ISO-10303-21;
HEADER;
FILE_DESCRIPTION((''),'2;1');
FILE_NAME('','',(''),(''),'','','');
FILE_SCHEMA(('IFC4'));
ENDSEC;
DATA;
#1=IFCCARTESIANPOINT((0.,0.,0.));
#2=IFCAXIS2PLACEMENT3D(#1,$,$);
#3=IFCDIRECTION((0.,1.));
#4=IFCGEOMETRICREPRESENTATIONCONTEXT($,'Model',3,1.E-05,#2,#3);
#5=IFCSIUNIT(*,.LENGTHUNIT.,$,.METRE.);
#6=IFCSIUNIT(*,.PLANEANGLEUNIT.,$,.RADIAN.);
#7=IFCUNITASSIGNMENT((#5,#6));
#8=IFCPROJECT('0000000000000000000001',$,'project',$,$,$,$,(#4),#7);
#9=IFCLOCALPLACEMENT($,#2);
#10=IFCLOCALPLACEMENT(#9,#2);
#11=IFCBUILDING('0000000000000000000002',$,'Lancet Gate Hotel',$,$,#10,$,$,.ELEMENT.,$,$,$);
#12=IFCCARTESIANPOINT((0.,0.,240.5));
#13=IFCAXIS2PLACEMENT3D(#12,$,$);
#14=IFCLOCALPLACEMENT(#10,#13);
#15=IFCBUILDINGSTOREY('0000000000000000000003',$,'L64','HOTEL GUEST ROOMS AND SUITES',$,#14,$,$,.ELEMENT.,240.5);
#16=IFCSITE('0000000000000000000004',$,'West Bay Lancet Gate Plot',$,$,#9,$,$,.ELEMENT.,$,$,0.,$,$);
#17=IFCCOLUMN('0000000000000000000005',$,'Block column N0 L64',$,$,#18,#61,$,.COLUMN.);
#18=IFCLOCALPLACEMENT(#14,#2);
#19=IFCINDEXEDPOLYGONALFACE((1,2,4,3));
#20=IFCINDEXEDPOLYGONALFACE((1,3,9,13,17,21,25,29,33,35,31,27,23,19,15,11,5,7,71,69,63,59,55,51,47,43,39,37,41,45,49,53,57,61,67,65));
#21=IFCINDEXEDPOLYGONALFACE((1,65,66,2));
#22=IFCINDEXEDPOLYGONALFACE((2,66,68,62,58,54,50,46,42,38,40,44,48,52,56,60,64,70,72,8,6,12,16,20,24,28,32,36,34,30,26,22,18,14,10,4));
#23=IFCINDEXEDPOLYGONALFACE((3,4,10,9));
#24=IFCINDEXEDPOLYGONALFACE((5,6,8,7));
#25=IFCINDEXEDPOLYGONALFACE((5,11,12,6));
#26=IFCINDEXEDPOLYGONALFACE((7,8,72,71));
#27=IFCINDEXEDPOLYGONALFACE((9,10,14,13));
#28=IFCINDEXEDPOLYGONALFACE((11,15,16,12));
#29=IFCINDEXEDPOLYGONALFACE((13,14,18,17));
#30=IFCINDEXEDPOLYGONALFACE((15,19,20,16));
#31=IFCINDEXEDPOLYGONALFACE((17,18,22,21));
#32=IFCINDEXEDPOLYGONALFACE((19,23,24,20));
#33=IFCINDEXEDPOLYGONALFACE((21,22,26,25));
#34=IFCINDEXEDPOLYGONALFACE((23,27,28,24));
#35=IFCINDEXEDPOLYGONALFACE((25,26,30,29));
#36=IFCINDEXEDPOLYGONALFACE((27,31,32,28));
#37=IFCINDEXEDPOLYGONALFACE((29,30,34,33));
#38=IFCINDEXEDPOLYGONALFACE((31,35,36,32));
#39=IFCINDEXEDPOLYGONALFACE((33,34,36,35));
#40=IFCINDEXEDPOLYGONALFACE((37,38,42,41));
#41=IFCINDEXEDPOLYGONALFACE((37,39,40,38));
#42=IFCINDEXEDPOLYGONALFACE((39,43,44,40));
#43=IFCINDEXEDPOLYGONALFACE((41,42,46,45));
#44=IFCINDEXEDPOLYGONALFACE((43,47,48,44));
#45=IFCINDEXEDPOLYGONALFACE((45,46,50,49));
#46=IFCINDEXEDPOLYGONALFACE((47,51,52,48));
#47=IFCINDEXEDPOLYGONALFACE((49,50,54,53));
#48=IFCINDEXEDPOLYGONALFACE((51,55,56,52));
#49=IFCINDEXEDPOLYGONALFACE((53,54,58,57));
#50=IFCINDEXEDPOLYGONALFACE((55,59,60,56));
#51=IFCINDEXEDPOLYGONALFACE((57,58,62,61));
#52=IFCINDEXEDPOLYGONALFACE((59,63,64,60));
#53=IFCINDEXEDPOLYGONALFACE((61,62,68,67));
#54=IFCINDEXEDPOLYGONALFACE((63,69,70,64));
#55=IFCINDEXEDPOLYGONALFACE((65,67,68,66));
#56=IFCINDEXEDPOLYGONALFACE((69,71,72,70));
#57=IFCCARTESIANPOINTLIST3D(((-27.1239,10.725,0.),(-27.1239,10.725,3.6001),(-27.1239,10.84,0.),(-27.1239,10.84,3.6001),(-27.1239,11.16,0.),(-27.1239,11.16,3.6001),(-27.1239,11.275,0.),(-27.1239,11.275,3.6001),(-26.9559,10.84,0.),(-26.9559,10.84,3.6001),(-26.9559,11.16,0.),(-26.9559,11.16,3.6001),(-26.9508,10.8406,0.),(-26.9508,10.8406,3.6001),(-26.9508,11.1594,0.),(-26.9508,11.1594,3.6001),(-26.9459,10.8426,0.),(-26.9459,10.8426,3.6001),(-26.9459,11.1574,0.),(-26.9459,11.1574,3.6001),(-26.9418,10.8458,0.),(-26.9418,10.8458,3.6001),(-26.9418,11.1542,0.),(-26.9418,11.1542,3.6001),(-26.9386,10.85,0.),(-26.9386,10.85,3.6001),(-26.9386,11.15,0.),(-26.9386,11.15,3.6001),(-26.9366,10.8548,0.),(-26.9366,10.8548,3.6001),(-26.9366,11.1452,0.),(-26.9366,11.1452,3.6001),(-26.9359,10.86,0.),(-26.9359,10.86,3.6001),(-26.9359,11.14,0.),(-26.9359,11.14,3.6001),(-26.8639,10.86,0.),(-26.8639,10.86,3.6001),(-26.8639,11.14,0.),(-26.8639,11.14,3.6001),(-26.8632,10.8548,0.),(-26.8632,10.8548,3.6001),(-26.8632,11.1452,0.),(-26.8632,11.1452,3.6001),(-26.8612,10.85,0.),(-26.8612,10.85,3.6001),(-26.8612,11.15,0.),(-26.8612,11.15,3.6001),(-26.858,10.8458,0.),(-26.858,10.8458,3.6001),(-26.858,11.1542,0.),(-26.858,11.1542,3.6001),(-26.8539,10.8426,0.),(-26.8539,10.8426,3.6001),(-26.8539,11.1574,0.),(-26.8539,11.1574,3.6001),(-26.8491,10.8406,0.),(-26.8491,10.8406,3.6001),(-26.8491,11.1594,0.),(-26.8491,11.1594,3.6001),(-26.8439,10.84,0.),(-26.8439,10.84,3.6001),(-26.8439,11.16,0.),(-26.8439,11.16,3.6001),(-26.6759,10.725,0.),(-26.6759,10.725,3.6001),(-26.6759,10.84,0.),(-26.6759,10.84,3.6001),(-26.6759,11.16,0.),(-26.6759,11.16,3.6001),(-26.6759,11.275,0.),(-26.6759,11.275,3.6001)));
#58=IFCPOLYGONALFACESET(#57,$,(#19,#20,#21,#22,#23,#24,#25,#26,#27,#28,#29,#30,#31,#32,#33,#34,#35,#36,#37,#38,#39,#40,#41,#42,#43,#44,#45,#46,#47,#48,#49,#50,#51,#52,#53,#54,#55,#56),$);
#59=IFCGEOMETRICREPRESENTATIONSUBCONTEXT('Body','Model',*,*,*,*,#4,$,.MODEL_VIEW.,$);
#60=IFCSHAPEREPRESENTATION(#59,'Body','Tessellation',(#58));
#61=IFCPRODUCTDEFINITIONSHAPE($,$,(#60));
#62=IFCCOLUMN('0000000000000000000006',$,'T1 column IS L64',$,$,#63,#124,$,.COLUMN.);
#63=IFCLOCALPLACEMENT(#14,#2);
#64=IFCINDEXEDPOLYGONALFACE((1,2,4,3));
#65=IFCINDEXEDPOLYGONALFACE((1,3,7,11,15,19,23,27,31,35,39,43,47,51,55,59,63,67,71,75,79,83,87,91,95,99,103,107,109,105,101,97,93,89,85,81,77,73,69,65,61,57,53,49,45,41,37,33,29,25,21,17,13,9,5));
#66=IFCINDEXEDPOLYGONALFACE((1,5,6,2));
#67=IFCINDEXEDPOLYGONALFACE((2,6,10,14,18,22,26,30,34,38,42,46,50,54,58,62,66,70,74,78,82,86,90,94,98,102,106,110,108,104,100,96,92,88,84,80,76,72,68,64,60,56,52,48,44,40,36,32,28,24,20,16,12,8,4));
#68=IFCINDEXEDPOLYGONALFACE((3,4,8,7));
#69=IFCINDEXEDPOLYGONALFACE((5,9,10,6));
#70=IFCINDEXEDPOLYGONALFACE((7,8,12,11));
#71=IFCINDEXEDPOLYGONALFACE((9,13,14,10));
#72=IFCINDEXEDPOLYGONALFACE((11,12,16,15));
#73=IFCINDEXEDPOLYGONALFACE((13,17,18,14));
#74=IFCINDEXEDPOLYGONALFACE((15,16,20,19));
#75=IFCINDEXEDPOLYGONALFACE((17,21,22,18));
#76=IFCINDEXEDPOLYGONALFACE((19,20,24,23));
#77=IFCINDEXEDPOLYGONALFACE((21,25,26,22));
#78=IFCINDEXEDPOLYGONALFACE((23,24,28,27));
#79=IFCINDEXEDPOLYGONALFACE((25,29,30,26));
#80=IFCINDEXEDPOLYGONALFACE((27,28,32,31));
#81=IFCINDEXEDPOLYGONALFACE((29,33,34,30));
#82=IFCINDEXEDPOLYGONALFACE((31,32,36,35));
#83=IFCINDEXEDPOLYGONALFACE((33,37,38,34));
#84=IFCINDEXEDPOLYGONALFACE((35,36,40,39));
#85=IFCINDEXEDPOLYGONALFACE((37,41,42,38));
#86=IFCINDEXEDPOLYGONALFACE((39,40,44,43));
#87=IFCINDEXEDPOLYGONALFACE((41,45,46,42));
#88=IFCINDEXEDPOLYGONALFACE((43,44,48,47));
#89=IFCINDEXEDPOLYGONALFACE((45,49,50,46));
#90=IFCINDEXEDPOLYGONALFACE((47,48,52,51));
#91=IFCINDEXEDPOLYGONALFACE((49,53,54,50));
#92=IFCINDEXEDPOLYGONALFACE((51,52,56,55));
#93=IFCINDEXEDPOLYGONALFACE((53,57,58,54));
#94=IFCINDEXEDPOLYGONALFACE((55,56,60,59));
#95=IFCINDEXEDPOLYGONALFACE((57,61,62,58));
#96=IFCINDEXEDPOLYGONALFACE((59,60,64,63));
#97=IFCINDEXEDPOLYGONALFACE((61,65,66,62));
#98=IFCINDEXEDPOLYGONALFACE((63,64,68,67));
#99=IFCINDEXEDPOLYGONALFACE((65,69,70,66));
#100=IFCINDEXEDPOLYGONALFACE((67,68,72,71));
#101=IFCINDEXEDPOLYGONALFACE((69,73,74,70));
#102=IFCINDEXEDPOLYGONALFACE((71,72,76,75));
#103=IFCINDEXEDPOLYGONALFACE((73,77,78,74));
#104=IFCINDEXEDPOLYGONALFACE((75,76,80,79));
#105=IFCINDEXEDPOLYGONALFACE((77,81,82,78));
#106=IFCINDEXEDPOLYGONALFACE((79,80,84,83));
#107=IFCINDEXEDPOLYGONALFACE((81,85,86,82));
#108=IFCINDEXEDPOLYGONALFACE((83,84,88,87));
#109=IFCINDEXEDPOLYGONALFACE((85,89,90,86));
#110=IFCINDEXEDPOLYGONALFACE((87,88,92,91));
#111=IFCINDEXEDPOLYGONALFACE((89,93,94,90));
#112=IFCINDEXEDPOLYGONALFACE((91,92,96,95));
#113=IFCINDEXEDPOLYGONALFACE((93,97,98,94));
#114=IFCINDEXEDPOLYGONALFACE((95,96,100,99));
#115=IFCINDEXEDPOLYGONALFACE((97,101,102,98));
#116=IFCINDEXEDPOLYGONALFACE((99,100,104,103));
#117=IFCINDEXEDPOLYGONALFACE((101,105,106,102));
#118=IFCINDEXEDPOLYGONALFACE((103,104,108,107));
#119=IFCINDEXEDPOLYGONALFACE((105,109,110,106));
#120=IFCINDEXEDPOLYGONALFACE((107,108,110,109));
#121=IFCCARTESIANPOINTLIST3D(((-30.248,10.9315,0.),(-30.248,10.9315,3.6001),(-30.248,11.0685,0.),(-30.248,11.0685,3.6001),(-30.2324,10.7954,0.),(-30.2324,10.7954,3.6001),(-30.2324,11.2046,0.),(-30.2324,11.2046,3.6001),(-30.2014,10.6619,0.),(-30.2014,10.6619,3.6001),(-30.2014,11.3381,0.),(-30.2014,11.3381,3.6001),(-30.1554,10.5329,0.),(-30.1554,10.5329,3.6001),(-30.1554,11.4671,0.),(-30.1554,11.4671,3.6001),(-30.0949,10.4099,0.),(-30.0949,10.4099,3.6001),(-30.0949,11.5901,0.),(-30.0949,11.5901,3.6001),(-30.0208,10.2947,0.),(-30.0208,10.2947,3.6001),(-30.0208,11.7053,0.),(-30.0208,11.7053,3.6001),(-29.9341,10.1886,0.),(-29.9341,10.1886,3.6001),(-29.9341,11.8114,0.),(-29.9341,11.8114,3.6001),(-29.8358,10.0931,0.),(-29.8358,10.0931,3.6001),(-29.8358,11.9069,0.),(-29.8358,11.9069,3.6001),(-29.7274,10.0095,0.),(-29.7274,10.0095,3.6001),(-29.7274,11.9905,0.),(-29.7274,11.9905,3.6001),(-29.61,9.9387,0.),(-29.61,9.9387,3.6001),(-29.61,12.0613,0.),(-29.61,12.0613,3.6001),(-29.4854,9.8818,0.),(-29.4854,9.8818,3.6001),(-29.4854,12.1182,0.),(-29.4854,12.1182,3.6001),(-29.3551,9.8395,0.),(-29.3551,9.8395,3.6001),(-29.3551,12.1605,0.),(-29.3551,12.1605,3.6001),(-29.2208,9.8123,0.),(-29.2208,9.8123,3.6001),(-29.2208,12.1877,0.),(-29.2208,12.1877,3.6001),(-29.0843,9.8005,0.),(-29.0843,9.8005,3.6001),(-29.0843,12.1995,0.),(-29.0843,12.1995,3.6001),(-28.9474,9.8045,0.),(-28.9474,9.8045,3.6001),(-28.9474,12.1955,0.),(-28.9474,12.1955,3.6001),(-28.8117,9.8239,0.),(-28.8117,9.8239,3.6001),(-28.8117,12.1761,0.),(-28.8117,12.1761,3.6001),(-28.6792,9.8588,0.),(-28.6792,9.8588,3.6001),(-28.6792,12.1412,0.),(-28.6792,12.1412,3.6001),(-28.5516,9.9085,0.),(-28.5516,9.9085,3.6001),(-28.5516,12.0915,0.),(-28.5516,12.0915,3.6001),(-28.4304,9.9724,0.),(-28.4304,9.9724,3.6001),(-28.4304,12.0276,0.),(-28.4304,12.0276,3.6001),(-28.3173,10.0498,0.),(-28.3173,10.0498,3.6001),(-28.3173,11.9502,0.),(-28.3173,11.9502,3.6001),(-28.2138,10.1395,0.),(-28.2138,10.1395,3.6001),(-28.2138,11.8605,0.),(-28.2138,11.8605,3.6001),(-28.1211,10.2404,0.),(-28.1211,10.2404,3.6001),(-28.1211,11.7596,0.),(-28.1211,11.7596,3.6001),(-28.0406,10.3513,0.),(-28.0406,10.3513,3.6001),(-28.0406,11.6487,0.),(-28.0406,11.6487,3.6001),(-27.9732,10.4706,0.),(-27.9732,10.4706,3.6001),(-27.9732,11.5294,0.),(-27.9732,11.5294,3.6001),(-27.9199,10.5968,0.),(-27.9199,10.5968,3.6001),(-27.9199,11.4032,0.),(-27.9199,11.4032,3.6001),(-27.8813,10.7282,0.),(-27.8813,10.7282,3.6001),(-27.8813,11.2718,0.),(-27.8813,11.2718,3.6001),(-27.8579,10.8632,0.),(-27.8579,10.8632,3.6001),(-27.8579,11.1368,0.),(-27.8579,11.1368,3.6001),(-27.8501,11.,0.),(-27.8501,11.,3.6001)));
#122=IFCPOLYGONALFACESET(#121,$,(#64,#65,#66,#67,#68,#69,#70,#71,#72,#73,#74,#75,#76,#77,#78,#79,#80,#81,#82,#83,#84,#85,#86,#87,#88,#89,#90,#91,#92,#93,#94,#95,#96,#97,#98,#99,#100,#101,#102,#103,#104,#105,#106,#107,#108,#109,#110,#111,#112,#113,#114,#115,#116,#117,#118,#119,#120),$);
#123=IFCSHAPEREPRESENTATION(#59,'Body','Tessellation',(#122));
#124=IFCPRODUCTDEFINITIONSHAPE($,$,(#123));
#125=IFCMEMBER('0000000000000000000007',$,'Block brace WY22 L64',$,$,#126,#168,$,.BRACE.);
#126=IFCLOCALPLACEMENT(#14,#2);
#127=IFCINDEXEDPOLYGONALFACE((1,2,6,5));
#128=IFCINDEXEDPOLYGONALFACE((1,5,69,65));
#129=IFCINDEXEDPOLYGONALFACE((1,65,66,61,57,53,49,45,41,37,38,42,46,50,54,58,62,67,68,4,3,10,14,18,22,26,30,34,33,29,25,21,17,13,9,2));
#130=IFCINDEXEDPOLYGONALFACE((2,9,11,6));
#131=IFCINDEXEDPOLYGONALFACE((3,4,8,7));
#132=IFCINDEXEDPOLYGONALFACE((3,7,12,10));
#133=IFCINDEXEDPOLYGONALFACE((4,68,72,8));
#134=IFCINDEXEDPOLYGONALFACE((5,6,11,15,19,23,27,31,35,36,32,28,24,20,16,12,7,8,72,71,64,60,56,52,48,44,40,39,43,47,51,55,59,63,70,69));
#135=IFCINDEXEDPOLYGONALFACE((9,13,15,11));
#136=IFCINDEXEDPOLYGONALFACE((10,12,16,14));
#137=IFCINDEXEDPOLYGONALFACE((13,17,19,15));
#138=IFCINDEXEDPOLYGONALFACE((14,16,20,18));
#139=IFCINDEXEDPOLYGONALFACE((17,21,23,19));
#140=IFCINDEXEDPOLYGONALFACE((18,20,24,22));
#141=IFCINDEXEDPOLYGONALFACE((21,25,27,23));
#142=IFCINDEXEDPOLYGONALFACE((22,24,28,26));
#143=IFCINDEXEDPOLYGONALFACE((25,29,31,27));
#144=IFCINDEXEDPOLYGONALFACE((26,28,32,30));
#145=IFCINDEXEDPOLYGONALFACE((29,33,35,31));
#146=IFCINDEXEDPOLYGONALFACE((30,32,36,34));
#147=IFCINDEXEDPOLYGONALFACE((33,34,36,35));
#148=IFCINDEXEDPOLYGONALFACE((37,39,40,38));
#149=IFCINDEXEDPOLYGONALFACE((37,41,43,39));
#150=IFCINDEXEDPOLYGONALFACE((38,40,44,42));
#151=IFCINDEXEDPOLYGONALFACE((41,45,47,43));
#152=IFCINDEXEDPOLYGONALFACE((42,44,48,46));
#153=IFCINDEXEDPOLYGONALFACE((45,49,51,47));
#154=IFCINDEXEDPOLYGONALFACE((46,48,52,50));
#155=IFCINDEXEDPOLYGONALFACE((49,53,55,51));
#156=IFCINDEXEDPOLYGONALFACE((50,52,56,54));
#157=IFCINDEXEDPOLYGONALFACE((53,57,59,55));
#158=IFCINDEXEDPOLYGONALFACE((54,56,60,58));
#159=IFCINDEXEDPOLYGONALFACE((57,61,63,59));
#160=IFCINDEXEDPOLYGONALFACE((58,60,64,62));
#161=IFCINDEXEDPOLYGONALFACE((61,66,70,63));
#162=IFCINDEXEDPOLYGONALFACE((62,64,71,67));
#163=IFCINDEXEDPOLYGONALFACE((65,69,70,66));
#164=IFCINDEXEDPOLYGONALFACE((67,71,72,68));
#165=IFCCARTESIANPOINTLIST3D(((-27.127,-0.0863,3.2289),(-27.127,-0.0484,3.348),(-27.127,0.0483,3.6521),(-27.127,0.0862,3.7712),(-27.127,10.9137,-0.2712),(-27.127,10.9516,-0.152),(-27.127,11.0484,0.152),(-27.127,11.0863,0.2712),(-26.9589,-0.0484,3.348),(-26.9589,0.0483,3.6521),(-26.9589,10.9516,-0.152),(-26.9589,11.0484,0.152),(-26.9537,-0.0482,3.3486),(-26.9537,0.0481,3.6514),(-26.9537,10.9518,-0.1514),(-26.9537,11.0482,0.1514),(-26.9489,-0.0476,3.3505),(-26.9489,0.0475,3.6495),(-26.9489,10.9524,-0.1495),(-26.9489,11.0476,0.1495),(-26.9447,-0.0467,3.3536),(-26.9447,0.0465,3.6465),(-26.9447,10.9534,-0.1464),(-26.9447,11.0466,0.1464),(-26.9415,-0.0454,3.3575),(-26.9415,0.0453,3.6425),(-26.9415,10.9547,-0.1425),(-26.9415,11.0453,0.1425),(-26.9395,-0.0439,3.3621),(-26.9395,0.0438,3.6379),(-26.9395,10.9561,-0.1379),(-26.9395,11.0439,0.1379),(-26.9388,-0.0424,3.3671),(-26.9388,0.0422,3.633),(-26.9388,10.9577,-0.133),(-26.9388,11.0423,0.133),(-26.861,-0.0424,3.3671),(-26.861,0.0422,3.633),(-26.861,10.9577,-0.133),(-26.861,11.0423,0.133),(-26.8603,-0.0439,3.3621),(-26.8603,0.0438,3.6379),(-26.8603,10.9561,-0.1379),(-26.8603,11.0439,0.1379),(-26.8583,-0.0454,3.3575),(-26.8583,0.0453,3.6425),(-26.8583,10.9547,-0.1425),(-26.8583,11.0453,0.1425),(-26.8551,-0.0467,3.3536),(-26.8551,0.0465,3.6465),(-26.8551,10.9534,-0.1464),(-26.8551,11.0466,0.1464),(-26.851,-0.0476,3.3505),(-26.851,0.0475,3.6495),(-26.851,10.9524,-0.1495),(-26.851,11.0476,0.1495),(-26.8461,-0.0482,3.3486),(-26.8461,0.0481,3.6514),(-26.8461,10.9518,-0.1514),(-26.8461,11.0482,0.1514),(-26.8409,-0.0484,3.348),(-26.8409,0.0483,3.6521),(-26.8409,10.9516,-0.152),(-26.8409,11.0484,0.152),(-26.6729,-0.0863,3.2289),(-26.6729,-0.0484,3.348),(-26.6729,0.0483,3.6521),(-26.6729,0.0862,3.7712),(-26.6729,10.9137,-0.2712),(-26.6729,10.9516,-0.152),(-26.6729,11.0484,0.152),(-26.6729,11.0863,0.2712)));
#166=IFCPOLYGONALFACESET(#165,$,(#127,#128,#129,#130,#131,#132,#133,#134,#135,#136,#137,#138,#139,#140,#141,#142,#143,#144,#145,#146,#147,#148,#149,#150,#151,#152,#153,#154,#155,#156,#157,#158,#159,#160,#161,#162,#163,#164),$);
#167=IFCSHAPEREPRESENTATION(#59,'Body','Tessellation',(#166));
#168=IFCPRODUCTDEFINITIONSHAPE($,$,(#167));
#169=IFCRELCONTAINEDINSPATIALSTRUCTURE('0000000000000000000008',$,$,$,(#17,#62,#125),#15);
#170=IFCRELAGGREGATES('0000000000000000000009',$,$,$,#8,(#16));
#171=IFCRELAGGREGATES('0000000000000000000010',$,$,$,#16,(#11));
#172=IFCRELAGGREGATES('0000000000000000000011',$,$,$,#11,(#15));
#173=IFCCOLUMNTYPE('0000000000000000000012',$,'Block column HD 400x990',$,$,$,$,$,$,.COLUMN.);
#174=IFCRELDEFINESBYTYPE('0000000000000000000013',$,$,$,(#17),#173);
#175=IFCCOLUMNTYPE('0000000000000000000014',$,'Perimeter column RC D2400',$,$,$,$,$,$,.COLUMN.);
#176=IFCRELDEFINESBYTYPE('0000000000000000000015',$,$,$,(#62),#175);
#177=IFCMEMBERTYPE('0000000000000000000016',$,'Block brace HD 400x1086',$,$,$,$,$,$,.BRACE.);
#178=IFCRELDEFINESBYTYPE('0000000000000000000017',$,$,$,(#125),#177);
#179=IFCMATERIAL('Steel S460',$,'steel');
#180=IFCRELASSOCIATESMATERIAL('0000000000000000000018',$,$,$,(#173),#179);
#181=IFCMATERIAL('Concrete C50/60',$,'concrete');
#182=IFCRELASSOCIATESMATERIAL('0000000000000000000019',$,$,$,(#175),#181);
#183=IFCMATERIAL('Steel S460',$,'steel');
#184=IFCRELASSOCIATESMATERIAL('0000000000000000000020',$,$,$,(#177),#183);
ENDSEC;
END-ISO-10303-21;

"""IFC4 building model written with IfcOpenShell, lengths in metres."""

from ifc_helpers import new_model, si_unit, direction, frame, origin, origin_2d, place, context, subcontext, project, spatial, circle, i_section, extrude, material, material_profile, profile_set, type_object, element, save


model = new_model("IFC4")

# Units and contexts
model_context = context("Model", 3, precision=1e-05, world=origin(), true_north=direction((0.0, 1.0)))
body_context = subcontext(model_context, "Body", "Model", "MODEL_VIEW")
ifc_project = project(units=[si_unit("LENGTHUNIT", "METRE"), si_unit("PLANEANGLEUNIT", "RADIAN")], contexts=[model_context])

# Site, building, storey
site_placement = place(None, origin())
site = spatial("IfcSite", under=ifc_project, at=site_placement, Name="West Bay Lancet Gate Plot", CompositionType="ELEMENT", RefElevation=0.0)
building_placement = place(site_placement, origin())
building = spatial("IfcBuilding", under=site, at=building_placement, Name="Lancet Gate Hotel", CompositionType="ELEMENT")
storey_placement = place(building_placement, frame((0.0, 0.0, 240.5)))
storey = spatial("IfcBuildingStorey", under=building, at=storey_placement, Name="L64", Description="HOTEL GUEST ROOMS AND SUITES", CompositionType="ELEMENT", Elevation=240.5)

# Columns
ifc_material_1 = material(Name="Steel S460", Category="steel")
ifc_material_profile_1 = material_profile(ifc_material_1, i_section(OverallWidth=0.448, OverallDepth=0.55, WebThickness=0.072, FlangeThickness=0.115, FilletRadius=0.02, at=origin_2d()), Name="HD 400x990")
ifc_profile_set_1 = profile_set([ifc_material_profile_1], Name="Steel S460")
column_type_1 = type_object("IfcColumnType", Name="Block column HD 400x990", PredefinedType="COLUMN", material=ifc_profile_set_1)
column_1_placement = place(storey_placement, frame((-26.8999, 11.0, 0.0), z_axis=(0.0, 0.0, 1.0), x_axis=(1.0, 0.0, 0.0)))
element("IfcColumn", 1, at=column_1_placement, inside=storey, type_object=column_type_1, Name="Block column N0 L64", PredefinedType="COLUMN", context=body_context, shape_type="SweptSolid", body=[
    extrude(i_section(OverallWidth=0.448, OverallDepth=0.55, WebThickness=0.072, FlangeThickness=0.115, FilletRadius=0.02, at=origin_2d()), origin(), (0.0, 0.0, 1.0), 3.6001),
])
ifc_material_2 = material(Name="Concrete C50/60", Category="concrete")
ifc_material_profile_2 = material_profile(ifc_material_2, circle(Radius=1.2, at=origin_2d()), Name="RC D2400")
ifc_profile_set_2 = profile_set([ifc_material_profile_2], Name="Concrete C50/60")
column_type_2 = type_object("IfcColumnType", Name="Perimeter column RC D2400", PredefinedType="COLUMN", material=ifc_profile_set_2)
column_2_placement = place(storey_placement, frame((-29.05, 11.0, 0.0), z_axis=(0.0, 0.0, 1.0), x_axis=(1.0, 0.0, 0.0)))
element("IfcColumn", 2, at=column_2_placement, inside=storey, type_object=column_type_2, Name="T1 column IS L64", PredefinedType="COLUMN", context=body_context, shape_type="SweptSolid", body=[
    extrude(circle(Radius=1.2, at=origin_2d()), origin(), (0.0, 0.0, 1.0), 3.6001),
])

# Member
ifc_material_3 = material(Name="Steel S460", Category="steel")
ifc_material_profile_3 = material_profile(ifc_material_3, i_section(OverallWidth=0.4541, OverallDepth=0.5691, WebThickness=0.0779, FlangeThickness=0.125, FilletRadius=0.02, at=origin_2d()), Name="HD 400x1086")
ifc_profile_set_3 = profile_set([ifc_material_profile_3], Name="Steel S460")
member_type = type_object("IfcMemberType", Name="Block brace HD 400x1086", PredefinedType="BRACE", material=ifc_profile_set_3)
member_1_placement = place(storey_placement, frame((-26.8999, 11.0, 0.0), z_axis=(0.0, -0.952926, 0.303204), x_axis=(1.0, 0.0, 0.0)))
element("IfcMember", 3, at=member_1_placement, inside=storey, type_object=member_type, Name="Block brace WY22 L64", PredefinedType="BRACE", context=body_context, shape_type="SweptSolid", body=[
    extrude(i_section(OverallWidth=0.4541, OverallDepth=0.5691, WebThickness=0.0779, FlangeThickness=0.125, FilletRadius=0.02, at=origin_2d()), origin(), (0.0, 0.0, 1.0), 11.5435),
])

save(model, "model.ifc")
